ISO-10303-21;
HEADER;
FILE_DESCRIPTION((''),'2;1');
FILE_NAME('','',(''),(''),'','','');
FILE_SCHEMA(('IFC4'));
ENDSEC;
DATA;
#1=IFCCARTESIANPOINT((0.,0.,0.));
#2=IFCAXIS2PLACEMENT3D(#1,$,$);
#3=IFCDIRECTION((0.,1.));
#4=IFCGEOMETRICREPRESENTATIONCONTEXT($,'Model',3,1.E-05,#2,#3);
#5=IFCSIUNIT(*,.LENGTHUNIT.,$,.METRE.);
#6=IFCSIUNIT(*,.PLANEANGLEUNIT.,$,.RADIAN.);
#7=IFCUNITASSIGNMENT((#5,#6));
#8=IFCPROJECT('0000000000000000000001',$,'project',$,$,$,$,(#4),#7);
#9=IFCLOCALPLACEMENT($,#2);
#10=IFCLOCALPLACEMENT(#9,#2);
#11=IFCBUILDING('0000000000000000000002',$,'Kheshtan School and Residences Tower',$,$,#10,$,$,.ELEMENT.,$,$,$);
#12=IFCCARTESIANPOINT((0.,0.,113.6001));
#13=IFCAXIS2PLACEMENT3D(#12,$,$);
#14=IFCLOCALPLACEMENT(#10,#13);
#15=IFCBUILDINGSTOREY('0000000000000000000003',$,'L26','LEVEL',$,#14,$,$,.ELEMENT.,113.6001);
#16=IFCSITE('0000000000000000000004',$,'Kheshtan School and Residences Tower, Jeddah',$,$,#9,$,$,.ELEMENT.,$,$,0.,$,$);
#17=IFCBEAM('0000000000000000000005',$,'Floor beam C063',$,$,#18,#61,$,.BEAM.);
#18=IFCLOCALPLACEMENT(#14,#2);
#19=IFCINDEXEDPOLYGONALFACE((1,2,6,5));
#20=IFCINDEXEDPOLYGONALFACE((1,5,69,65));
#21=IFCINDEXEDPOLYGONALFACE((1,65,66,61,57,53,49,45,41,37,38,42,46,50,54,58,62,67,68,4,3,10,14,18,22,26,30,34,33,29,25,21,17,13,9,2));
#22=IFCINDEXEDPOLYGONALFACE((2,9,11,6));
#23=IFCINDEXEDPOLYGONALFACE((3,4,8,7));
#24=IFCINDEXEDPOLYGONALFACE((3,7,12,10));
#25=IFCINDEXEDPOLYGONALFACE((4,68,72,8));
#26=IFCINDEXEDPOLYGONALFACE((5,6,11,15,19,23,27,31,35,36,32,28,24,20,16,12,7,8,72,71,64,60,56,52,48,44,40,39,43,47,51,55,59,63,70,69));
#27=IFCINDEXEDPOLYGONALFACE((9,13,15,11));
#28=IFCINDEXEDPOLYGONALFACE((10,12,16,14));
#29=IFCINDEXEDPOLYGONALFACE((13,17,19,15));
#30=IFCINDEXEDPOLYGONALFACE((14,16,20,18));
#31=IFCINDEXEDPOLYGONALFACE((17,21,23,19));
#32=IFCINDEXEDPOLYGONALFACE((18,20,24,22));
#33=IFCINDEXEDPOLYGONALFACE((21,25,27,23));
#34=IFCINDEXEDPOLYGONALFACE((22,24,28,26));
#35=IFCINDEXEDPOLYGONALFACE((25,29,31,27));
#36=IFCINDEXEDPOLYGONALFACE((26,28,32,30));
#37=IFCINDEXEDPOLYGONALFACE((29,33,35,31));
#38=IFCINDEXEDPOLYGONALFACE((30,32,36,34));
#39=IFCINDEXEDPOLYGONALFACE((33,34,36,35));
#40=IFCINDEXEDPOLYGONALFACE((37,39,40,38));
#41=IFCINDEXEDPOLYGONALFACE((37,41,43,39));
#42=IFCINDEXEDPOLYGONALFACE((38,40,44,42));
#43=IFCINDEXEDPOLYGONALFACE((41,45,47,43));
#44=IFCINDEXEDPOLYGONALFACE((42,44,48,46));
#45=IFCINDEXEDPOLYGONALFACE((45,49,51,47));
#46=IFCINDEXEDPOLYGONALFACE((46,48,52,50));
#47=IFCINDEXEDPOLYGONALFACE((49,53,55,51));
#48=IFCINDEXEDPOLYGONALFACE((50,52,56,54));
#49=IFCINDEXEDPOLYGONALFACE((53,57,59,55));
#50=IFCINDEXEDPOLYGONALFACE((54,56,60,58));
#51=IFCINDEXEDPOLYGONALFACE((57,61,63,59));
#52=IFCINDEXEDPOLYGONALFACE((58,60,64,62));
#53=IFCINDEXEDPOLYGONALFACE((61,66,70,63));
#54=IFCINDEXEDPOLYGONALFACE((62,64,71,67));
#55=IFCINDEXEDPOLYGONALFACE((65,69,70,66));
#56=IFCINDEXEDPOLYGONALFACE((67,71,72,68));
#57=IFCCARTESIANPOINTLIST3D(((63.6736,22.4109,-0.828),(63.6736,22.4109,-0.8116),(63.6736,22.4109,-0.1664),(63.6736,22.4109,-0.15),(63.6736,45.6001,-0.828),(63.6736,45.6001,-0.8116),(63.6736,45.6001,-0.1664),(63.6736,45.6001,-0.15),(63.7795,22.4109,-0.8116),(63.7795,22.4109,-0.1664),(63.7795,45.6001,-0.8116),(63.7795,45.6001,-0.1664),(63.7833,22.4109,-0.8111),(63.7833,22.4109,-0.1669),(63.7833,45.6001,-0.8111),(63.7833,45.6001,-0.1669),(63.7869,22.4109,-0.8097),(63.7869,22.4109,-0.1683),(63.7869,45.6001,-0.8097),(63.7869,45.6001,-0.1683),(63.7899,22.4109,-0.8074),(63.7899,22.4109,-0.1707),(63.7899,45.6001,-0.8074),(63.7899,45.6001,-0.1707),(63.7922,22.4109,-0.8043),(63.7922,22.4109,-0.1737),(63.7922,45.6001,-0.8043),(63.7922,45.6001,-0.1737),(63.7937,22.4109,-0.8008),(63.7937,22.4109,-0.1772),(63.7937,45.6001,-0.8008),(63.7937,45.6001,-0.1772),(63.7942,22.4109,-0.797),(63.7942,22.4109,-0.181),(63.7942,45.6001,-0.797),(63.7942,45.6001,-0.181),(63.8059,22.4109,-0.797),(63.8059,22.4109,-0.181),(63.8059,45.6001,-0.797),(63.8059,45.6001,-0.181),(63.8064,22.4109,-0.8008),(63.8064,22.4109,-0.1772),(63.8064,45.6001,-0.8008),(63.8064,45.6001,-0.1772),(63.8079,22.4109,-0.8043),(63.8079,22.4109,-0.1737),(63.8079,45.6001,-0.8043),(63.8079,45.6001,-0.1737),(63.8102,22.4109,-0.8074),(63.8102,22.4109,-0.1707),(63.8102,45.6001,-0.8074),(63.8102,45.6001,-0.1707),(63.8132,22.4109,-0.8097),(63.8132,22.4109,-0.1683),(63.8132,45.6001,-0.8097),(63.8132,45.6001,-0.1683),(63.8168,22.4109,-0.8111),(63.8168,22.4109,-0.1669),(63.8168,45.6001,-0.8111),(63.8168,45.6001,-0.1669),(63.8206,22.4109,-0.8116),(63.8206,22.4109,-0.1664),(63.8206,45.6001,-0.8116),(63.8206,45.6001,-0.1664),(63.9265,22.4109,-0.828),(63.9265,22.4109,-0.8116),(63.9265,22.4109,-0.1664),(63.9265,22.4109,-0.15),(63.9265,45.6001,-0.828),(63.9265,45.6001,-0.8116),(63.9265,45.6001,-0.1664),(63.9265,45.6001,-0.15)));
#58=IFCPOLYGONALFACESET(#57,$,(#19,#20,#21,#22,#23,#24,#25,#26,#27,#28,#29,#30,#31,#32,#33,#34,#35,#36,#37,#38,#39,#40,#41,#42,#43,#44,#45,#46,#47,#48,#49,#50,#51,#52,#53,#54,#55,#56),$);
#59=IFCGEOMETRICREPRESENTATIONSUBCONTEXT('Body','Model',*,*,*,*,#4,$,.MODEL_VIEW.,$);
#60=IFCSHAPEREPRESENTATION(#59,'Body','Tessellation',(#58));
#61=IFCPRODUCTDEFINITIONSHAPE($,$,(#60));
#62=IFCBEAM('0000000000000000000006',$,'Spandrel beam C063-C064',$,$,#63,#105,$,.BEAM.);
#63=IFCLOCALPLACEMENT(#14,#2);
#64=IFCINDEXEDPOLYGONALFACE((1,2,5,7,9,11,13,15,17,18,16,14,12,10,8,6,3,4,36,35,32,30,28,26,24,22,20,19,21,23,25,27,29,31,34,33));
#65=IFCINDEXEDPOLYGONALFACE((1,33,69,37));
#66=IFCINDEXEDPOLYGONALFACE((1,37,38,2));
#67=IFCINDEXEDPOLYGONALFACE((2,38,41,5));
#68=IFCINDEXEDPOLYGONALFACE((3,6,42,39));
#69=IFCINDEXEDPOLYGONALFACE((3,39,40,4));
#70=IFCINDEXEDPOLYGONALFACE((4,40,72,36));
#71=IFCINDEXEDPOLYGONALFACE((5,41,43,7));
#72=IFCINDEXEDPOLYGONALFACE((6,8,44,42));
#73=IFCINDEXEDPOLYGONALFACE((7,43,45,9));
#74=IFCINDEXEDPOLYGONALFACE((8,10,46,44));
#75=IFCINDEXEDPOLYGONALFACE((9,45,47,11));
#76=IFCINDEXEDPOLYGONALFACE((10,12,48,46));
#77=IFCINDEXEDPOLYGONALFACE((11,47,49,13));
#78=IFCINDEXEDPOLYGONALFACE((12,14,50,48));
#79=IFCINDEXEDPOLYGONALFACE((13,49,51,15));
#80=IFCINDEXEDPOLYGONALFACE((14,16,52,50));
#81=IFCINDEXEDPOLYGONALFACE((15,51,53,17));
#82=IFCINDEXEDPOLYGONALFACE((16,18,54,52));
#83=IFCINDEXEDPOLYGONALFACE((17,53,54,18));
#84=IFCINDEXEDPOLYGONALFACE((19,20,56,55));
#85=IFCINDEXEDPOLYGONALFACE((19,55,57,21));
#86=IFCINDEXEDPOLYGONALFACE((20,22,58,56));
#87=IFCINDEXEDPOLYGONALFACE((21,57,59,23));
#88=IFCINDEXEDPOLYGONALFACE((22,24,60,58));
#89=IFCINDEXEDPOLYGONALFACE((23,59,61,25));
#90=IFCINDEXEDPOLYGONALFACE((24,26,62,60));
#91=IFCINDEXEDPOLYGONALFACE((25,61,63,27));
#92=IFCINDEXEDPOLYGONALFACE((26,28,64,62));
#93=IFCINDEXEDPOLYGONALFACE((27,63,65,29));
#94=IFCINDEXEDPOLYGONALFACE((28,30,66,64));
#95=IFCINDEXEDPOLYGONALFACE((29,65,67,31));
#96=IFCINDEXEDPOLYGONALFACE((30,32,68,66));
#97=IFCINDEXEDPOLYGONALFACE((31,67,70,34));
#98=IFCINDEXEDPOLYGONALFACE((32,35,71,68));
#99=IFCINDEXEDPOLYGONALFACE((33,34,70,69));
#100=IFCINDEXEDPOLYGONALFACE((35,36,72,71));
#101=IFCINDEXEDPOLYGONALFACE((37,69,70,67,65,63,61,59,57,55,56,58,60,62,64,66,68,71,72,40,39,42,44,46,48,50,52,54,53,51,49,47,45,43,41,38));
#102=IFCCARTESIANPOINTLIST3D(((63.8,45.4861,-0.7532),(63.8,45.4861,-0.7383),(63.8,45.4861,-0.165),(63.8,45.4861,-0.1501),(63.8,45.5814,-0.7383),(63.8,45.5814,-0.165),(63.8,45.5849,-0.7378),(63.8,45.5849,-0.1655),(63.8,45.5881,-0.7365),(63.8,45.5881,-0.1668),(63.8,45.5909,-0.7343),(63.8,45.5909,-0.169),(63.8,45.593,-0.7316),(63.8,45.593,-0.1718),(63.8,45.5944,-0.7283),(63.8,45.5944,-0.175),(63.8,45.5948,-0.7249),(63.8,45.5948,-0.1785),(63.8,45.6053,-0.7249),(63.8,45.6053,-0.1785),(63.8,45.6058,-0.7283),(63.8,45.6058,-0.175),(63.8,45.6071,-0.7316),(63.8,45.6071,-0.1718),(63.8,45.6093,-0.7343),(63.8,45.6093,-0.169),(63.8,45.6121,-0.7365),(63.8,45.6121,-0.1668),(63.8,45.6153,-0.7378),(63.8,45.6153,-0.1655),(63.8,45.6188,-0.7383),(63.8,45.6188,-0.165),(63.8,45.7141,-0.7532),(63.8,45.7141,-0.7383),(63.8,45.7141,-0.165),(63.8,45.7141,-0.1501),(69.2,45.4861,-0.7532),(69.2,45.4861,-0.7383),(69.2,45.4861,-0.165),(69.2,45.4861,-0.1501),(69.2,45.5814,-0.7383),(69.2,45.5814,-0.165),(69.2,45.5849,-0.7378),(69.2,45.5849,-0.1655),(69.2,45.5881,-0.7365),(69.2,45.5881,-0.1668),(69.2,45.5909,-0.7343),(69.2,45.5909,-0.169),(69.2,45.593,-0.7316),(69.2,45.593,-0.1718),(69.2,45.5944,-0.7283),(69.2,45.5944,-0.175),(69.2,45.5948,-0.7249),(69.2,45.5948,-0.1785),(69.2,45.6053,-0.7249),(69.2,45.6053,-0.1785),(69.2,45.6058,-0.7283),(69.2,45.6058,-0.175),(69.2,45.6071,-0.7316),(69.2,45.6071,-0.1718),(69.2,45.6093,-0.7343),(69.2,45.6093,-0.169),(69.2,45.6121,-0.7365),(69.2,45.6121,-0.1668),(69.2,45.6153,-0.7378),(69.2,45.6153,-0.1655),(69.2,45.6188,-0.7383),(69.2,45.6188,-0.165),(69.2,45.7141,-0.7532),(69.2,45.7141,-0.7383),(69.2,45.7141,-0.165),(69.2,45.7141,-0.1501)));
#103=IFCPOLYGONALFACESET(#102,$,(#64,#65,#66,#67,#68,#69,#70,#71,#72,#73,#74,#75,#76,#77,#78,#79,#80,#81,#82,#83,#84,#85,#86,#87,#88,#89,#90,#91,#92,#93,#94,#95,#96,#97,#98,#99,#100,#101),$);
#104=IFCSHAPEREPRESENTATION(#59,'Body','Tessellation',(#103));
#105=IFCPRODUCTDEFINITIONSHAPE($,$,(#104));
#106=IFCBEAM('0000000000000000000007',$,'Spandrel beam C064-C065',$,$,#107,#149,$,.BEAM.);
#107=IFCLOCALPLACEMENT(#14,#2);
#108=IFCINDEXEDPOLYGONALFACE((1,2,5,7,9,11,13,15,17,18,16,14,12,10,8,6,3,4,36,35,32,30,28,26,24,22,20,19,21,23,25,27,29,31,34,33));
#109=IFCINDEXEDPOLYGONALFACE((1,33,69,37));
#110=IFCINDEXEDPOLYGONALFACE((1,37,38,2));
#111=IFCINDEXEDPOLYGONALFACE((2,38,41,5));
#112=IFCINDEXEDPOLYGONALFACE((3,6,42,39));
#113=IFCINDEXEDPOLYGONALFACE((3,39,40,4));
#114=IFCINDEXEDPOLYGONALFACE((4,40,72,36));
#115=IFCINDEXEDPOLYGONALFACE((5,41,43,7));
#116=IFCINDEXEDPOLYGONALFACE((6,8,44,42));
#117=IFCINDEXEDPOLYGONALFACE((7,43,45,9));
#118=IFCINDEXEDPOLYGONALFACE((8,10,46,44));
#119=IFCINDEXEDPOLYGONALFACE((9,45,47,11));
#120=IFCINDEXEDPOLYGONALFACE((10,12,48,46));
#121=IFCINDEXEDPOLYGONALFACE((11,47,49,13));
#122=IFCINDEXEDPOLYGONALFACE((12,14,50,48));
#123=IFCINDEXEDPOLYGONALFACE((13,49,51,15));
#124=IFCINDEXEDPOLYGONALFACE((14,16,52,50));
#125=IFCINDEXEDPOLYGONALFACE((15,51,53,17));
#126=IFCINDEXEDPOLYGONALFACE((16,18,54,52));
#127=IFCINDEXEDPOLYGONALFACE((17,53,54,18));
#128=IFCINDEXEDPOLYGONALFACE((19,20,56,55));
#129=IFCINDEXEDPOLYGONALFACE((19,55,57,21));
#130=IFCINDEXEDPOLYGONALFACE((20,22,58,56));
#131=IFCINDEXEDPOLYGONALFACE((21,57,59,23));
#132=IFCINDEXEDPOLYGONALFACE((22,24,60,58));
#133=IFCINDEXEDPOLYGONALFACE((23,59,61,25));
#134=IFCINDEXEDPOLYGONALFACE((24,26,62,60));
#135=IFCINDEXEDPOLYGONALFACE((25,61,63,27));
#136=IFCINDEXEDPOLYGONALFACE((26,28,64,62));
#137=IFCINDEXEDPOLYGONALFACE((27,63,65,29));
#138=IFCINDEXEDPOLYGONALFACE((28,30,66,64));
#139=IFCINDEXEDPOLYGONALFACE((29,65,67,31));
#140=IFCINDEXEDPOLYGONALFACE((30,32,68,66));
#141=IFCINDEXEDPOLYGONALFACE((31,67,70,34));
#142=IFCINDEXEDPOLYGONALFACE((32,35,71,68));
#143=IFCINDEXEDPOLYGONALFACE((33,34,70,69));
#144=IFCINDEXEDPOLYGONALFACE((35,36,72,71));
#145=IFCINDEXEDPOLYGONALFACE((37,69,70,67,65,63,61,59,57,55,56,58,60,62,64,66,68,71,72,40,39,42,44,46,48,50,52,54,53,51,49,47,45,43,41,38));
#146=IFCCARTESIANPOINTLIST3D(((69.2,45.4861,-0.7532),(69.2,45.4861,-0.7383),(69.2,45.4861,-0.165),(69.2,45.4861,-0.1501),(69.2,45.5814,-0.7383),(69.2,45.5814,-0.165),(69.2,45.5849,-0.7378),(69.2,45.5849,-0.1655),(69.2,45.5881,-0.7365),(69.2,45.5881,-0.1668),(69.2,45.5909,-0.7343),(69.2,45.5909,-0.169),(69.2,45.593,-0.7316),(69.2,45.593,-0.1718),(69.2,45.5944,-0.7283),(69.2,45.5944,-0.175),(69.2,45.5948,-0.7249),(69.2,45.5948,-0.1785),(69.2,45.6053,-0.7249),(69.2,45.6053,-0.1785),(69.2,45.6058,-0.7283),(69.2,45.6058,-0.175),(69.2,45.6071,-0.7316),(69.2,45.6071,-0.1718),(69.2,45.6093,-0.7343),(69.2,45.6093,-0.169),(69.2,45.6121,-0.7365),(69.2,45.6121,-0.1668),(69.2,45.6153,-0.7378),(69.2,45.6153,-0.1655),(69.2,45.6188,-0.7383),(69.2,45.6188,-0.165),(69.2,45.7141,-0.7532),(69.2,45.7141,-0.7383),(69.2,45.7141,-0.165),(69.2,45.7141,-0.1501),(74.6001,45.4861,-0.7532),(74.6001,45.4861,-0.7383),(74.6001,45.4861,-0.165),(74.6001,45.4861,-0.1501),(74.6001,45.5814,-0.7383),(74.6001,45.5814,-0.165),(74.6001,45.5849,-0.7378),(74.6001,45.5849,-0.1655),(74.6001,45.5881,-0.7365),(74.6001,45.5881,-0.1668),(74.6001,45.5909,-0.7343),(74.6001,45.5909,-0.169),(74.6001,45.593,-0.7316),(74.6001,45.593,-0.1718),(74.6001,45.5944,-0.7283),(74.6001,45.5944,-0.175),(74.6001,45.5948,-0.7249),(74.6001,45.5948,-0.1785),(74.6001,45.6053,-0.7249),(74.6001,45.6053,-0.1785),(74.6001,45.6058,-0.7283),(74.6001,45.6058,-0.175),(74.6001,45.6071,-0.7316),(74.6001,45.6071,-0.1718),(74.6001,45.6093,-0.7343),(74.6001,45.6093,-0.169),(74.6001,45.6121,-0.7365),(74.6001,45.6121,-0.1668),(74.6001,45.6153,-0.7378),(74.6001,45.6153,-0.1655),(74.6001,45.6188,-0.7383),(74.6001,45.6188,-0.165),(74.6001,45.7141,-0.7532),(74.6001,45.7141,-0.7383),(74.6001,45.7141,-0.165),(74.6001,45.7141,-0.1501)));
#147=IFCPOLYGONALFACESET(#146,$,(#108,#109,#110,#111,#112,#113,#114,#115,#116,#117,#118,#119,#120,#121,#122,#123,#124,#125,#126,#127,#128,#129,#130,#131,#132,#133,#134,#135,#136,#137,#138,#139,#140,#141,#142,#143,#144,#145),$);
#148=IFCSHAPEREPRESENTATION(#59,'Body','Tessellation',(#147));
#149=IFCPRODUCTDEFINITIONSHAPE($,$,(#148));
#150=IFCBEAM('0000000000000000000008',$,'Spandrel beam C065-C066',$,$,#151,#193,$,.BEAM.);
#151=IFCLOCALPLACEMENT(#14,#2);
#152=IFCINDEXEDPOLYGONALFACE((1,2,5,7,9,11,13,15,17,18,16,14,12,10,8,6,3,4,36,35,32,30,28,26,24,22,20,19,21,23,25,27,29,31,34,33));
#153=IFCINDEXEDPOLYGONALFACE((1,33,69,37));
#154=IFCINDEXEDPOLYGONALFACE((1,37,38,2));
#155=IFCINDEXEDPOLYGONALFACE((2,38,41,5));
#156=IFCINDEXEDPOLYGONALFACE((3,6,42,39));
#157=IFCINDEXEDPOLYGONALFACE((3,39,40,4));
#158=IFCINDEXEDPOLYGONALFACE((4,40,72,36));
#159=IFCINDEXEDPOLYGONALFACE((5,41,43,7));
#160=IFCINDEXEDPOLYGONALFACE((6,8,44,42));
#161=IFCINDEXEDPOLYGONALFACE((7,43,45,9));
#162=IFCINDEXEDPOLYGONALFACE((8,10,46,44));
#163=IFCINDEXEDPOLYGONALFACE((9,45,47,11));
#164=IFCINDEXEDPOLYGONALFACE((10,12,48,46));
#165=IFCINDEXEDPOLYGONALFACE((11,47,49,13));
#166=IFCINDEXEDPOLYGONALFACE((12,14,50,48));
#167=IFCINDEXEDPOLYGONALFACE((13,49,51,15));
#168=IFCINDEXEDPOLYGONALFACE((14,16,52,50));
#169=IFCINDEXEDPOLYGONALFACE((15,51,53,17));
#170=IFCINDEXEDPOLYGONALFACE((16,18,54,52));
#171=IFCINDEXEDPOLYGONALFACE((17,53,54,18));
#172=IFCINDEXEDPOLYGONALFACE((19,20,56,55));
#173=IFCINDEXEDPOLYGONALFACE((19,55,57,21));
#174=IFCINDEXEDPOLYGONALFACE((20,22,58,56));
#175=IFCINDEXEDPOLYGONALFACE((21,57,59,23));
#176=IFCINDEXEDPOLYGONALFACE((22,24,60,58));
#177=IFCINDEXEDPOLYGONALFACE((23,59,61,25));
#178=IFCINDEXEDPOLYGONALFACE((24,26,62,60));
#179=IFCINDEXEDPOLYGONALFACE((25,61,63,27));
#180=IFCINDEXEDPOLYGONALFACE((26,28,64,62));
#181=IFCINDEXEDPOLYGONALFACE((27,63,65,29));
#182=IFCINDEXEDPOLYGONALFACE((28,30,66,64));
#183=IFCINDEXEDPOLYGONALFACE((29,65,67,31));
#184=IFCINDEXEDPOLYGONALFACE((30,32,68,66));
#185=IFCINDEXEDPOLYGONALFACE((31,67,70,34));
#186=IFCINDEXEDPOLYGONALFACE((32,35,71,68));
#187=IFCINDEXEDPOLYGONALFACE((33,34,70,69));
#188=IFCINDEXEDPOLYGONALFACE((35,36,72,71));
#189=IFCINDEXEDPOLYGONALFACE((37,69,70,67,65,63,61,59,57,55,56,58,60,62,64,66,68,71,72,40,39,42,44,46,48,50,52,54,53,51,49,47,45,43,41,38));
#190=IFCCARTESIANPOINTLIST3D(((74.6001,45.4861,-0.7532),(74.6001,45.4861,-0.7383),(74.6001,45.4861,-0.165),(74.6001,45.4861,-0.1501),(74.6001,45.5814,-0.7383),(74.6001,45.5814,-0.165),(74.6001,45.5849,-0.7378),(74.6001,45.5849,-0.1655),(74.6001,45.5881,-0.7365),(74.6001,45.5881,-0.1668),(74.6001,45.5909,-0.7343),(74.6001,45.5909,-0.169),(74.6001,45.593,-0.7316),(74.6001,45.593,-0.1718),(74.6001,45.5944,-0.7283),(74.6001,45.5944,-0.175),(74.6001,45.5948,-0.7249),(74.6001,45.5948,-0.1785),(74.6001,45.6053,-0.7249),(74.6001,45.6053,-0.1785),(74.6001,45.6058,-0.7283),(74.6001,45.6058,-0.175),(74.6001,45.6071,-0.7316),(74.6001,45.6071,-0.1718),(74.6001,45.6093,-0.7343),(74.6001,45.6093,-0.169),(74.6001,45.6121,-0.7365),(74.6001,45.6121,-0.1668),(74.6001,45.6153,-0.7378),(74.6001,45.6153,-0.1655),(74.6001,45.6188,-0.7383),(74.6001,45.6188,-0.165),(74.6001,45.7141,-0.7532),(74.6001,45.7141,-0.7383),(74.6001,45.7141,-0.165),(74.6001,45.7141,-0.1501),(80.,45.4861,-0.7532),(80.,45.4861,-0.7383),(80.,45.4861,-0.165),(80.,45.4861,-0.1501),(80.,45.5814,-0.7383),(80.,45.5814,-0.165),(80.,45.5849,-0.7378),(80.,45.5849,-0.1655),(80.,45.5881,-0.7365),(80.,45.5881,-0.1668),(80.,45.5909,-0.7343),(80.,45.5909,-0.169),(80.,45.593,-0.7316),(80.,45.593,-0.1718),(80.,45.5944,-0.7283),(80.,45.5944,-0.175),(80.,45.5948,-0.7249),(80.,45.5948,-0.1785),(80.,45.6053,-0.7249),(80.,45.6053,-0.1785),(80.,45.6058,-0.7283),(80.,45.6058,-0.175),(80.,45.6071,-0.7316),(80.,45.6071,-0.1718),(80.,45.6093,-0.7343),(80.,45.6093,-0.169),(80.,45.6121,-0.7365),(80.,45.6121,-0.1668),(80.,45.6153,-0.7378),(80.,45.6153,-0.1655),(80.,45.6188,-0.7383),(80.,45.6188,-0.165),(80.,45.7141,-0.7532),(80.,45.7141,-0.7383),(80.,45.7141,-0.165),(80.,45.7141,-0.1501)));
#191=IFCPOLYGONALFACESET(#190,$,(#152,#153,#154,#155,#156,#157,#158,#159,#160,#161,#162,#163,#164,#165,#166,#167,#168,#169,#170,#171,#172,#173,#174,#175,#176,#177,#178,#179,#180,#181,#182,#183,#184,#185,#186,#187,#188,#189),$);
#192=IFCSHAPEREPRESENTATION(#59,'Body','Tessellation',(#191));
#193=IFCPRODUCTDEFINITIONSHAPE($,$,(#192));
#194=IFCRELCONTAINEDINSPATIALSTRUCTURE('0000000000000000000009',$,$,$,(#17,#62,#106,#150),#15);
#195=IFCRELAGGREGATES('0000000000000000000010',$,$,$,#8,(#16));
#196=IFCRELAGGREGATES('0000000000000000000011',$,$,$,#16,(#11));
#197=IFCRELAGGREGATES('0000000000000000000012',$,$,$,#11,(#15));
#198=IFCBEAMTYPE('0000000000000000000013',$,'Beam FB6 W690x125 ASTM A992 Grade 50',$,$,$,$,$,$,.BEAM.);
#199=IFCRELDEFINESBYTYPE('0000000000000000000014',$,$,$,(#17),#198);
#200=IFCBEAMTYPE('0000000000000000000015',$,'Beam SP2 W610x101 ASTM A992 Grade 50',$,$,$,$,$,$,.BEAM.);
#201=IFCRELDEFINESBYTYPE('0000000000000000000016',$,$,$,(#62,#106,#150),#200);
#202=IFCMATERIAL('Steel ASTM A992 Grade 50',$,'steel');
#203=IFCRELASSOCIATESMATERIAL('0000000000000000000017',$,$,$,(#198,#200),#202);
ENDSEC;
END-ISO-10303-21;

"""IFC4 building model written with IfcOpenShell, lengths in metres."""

from ifc_helpers import new_model, si_unit, direction, frame, origin, origin_2d, place, context, subcontext, project, spatial, i_section, extrude, material, material_profile, profile_set, type_object, element, save


model = new_model("IFC4")

# Units and contexts
model_context = context("Model", 3, precision=1e-05, world=origin(), true_north=direction((0.0, 1.0)))
body_context = subcontext(model_context, "Body", "Model", "MODEL_VIEW")
ifc_project = project(units=[si_unit("LENGTHUNIT", "METRE"), si_unit("PLANEANGLEUNIT", "RADIAN")], contexts=[model_context])

# Site, building, storey
site_placement = place(None, origin())
site = spatial("IfcSite", under=ifc_project, at=site_placement, Name="Kheshtan School and Residences Tower, Jeddah", CompositionType="ELEMENT", RefElevation=0.0)
building_placement = place(site_placement, origin())
building = spatial("IfcBuilding", under=site, at=building_placement, Name="Kheshtan School and Residences Tower", CompositionType="ELEMENT")
storey_placement = place(building_placement, frame((0.0, 0.0, 113.6001)))
storey = spatial("IfcBuildingStorey", under=building, at=storey_placement, Name="L26", Description="LEVEL", CompositionType="ELEMENT", Elevation=113.6001)

# Shared definitions
ifc_material_1 = material(Name="Steel ASTM A992 Grade 50", Category="steel")

# Beams
ifc_material_profile_1 = material_profile(ifc_material_1, i_section(OverallWidth=0.2529, OverallDepth=0.678, WebThickness=0.0117, FlangeThickness=0.0164, FilletRadius=0.0146, at=origin_2d()), Name="W690x125")
ifc_profile_set_1 = profile_set([ifc_material_profile_1], Name="Steel ASTM A992 Grade 50")
beam_type_1 = type_object("IfcBeamType", Name="Beam FB6 W690x125 ASTM A992 Grade 50", PredefinedType="BEAM", material=ifc_profile_set_1)
beam_1_placement = place(storey_placement, frame((63.8, 45.6001, -0.489), z_axis=(0.0, -1.0, 0.0), x_axis=(1.0, 0.0, 0.0)))
element("IfcBeam", 1, at=beam_1_placement, inside=storey, type_object=beam_type_1, Name="Floor beam C063", PredefinedType="BEAM", context=body_context, shape_type="SweptSolid", body=[
    extrude(i_section(OverallWidth=0.2529, OverallDepth=0.678, WebThickness=0.0117, FlangeThickness=0.0164, FilletRadius=0.0146, at=origin_2d()), origin(), (0.0, 0.0, 1.0), 23.1892),
])
ifc_material_profile_2 = material_profile(ifc_material_1, i_section(OverallWidth=0.228, OverallDepth=0.603, WebThickness=0.0105, FlangeThickness=0.0149, FilletRadius=0.0134, at=origin_2d()), Name="W610x101")
ifc_profile_set_2 = profile_set([ifc_material_profile_2], Name="Steel ASTM A992 Grade 50")
beam_type_2 = type_object("IfcBeamType", Name="Beam SP2 W610x101 ASTM A992 Grade 50", PredefinedType="BEAM", material=ifc_profile_set_2)
beam_2_placement = place(storey_placement, frame((63.8, 45.6001, -0.4517), z_axis=(1.0, 0.0, 0.0), x_axis=(0.0, 1.0, 0.0)))
element("IfcBeam", 2, at=beam_2_placement, inside=storey, type_object=beam_type_2, Name="Spandrel beam C063-C064", PredefinedType="BEAM", context=body_context, shape_type="SweptSolid", body=[
    extrude(i_section(OverallWidth=0.228, OverallDepth=0.603, WebThickness=0.0105, FlangeThickness=0.0149, FilletRadius=0.0134, at=origin_2d()), origin(), (0.0, 0.0, 1.0), 5.3999),
])
beam_3_placement = place(storey_placement, frame((69.2, 45.6001, -0.4517), z_axis=(1.0, 0.0, 0.0), x_axis=(0.0, 1.0, 0.0)))
element("IfcBeam", 3, at=beam_3_placement, inside=storey, type_object=beam_type_2, Name="Spandrel beam C064-C065", PredefinedType="BEAM", context=body_context, shape_type="SweptSolid", body=[
    extrude(i_section(OverallWidth=0.228, OverallDepth=0.603, WebThickness=0.0105, FlangeThickness=0.0149, FilletRadius=0.0134, at=origin_2d()), origin(), (0.0, 0.0, 1.0), 5.4001),
])
beam_4_placement = place(storey_placement, frame((74.6001, 45.6001, -0.4517), z_axis=(1.0, 0.0, 0.0), x_axis=(0.0, 1.0, 0.0)))
element("IfcBeam", 4, at=beam_4_placement, inside=storey, type_object=beam_type_2, Name="Spandrel beam C065-C066", PredefinedType="BEAM", context=body_context, shape_type="SweptSolid", body=[
    extrude(i_section(OverallWidth=0.228, OverallDepth=0.603, WebThickness=0.0105, FlangeThickness=0.0149, FilletRadius=0.0134, at=origin_2d()), origin(), (0.0, 0.0, 1.0), 5.3999),
])

save(model, "model.ifc")
